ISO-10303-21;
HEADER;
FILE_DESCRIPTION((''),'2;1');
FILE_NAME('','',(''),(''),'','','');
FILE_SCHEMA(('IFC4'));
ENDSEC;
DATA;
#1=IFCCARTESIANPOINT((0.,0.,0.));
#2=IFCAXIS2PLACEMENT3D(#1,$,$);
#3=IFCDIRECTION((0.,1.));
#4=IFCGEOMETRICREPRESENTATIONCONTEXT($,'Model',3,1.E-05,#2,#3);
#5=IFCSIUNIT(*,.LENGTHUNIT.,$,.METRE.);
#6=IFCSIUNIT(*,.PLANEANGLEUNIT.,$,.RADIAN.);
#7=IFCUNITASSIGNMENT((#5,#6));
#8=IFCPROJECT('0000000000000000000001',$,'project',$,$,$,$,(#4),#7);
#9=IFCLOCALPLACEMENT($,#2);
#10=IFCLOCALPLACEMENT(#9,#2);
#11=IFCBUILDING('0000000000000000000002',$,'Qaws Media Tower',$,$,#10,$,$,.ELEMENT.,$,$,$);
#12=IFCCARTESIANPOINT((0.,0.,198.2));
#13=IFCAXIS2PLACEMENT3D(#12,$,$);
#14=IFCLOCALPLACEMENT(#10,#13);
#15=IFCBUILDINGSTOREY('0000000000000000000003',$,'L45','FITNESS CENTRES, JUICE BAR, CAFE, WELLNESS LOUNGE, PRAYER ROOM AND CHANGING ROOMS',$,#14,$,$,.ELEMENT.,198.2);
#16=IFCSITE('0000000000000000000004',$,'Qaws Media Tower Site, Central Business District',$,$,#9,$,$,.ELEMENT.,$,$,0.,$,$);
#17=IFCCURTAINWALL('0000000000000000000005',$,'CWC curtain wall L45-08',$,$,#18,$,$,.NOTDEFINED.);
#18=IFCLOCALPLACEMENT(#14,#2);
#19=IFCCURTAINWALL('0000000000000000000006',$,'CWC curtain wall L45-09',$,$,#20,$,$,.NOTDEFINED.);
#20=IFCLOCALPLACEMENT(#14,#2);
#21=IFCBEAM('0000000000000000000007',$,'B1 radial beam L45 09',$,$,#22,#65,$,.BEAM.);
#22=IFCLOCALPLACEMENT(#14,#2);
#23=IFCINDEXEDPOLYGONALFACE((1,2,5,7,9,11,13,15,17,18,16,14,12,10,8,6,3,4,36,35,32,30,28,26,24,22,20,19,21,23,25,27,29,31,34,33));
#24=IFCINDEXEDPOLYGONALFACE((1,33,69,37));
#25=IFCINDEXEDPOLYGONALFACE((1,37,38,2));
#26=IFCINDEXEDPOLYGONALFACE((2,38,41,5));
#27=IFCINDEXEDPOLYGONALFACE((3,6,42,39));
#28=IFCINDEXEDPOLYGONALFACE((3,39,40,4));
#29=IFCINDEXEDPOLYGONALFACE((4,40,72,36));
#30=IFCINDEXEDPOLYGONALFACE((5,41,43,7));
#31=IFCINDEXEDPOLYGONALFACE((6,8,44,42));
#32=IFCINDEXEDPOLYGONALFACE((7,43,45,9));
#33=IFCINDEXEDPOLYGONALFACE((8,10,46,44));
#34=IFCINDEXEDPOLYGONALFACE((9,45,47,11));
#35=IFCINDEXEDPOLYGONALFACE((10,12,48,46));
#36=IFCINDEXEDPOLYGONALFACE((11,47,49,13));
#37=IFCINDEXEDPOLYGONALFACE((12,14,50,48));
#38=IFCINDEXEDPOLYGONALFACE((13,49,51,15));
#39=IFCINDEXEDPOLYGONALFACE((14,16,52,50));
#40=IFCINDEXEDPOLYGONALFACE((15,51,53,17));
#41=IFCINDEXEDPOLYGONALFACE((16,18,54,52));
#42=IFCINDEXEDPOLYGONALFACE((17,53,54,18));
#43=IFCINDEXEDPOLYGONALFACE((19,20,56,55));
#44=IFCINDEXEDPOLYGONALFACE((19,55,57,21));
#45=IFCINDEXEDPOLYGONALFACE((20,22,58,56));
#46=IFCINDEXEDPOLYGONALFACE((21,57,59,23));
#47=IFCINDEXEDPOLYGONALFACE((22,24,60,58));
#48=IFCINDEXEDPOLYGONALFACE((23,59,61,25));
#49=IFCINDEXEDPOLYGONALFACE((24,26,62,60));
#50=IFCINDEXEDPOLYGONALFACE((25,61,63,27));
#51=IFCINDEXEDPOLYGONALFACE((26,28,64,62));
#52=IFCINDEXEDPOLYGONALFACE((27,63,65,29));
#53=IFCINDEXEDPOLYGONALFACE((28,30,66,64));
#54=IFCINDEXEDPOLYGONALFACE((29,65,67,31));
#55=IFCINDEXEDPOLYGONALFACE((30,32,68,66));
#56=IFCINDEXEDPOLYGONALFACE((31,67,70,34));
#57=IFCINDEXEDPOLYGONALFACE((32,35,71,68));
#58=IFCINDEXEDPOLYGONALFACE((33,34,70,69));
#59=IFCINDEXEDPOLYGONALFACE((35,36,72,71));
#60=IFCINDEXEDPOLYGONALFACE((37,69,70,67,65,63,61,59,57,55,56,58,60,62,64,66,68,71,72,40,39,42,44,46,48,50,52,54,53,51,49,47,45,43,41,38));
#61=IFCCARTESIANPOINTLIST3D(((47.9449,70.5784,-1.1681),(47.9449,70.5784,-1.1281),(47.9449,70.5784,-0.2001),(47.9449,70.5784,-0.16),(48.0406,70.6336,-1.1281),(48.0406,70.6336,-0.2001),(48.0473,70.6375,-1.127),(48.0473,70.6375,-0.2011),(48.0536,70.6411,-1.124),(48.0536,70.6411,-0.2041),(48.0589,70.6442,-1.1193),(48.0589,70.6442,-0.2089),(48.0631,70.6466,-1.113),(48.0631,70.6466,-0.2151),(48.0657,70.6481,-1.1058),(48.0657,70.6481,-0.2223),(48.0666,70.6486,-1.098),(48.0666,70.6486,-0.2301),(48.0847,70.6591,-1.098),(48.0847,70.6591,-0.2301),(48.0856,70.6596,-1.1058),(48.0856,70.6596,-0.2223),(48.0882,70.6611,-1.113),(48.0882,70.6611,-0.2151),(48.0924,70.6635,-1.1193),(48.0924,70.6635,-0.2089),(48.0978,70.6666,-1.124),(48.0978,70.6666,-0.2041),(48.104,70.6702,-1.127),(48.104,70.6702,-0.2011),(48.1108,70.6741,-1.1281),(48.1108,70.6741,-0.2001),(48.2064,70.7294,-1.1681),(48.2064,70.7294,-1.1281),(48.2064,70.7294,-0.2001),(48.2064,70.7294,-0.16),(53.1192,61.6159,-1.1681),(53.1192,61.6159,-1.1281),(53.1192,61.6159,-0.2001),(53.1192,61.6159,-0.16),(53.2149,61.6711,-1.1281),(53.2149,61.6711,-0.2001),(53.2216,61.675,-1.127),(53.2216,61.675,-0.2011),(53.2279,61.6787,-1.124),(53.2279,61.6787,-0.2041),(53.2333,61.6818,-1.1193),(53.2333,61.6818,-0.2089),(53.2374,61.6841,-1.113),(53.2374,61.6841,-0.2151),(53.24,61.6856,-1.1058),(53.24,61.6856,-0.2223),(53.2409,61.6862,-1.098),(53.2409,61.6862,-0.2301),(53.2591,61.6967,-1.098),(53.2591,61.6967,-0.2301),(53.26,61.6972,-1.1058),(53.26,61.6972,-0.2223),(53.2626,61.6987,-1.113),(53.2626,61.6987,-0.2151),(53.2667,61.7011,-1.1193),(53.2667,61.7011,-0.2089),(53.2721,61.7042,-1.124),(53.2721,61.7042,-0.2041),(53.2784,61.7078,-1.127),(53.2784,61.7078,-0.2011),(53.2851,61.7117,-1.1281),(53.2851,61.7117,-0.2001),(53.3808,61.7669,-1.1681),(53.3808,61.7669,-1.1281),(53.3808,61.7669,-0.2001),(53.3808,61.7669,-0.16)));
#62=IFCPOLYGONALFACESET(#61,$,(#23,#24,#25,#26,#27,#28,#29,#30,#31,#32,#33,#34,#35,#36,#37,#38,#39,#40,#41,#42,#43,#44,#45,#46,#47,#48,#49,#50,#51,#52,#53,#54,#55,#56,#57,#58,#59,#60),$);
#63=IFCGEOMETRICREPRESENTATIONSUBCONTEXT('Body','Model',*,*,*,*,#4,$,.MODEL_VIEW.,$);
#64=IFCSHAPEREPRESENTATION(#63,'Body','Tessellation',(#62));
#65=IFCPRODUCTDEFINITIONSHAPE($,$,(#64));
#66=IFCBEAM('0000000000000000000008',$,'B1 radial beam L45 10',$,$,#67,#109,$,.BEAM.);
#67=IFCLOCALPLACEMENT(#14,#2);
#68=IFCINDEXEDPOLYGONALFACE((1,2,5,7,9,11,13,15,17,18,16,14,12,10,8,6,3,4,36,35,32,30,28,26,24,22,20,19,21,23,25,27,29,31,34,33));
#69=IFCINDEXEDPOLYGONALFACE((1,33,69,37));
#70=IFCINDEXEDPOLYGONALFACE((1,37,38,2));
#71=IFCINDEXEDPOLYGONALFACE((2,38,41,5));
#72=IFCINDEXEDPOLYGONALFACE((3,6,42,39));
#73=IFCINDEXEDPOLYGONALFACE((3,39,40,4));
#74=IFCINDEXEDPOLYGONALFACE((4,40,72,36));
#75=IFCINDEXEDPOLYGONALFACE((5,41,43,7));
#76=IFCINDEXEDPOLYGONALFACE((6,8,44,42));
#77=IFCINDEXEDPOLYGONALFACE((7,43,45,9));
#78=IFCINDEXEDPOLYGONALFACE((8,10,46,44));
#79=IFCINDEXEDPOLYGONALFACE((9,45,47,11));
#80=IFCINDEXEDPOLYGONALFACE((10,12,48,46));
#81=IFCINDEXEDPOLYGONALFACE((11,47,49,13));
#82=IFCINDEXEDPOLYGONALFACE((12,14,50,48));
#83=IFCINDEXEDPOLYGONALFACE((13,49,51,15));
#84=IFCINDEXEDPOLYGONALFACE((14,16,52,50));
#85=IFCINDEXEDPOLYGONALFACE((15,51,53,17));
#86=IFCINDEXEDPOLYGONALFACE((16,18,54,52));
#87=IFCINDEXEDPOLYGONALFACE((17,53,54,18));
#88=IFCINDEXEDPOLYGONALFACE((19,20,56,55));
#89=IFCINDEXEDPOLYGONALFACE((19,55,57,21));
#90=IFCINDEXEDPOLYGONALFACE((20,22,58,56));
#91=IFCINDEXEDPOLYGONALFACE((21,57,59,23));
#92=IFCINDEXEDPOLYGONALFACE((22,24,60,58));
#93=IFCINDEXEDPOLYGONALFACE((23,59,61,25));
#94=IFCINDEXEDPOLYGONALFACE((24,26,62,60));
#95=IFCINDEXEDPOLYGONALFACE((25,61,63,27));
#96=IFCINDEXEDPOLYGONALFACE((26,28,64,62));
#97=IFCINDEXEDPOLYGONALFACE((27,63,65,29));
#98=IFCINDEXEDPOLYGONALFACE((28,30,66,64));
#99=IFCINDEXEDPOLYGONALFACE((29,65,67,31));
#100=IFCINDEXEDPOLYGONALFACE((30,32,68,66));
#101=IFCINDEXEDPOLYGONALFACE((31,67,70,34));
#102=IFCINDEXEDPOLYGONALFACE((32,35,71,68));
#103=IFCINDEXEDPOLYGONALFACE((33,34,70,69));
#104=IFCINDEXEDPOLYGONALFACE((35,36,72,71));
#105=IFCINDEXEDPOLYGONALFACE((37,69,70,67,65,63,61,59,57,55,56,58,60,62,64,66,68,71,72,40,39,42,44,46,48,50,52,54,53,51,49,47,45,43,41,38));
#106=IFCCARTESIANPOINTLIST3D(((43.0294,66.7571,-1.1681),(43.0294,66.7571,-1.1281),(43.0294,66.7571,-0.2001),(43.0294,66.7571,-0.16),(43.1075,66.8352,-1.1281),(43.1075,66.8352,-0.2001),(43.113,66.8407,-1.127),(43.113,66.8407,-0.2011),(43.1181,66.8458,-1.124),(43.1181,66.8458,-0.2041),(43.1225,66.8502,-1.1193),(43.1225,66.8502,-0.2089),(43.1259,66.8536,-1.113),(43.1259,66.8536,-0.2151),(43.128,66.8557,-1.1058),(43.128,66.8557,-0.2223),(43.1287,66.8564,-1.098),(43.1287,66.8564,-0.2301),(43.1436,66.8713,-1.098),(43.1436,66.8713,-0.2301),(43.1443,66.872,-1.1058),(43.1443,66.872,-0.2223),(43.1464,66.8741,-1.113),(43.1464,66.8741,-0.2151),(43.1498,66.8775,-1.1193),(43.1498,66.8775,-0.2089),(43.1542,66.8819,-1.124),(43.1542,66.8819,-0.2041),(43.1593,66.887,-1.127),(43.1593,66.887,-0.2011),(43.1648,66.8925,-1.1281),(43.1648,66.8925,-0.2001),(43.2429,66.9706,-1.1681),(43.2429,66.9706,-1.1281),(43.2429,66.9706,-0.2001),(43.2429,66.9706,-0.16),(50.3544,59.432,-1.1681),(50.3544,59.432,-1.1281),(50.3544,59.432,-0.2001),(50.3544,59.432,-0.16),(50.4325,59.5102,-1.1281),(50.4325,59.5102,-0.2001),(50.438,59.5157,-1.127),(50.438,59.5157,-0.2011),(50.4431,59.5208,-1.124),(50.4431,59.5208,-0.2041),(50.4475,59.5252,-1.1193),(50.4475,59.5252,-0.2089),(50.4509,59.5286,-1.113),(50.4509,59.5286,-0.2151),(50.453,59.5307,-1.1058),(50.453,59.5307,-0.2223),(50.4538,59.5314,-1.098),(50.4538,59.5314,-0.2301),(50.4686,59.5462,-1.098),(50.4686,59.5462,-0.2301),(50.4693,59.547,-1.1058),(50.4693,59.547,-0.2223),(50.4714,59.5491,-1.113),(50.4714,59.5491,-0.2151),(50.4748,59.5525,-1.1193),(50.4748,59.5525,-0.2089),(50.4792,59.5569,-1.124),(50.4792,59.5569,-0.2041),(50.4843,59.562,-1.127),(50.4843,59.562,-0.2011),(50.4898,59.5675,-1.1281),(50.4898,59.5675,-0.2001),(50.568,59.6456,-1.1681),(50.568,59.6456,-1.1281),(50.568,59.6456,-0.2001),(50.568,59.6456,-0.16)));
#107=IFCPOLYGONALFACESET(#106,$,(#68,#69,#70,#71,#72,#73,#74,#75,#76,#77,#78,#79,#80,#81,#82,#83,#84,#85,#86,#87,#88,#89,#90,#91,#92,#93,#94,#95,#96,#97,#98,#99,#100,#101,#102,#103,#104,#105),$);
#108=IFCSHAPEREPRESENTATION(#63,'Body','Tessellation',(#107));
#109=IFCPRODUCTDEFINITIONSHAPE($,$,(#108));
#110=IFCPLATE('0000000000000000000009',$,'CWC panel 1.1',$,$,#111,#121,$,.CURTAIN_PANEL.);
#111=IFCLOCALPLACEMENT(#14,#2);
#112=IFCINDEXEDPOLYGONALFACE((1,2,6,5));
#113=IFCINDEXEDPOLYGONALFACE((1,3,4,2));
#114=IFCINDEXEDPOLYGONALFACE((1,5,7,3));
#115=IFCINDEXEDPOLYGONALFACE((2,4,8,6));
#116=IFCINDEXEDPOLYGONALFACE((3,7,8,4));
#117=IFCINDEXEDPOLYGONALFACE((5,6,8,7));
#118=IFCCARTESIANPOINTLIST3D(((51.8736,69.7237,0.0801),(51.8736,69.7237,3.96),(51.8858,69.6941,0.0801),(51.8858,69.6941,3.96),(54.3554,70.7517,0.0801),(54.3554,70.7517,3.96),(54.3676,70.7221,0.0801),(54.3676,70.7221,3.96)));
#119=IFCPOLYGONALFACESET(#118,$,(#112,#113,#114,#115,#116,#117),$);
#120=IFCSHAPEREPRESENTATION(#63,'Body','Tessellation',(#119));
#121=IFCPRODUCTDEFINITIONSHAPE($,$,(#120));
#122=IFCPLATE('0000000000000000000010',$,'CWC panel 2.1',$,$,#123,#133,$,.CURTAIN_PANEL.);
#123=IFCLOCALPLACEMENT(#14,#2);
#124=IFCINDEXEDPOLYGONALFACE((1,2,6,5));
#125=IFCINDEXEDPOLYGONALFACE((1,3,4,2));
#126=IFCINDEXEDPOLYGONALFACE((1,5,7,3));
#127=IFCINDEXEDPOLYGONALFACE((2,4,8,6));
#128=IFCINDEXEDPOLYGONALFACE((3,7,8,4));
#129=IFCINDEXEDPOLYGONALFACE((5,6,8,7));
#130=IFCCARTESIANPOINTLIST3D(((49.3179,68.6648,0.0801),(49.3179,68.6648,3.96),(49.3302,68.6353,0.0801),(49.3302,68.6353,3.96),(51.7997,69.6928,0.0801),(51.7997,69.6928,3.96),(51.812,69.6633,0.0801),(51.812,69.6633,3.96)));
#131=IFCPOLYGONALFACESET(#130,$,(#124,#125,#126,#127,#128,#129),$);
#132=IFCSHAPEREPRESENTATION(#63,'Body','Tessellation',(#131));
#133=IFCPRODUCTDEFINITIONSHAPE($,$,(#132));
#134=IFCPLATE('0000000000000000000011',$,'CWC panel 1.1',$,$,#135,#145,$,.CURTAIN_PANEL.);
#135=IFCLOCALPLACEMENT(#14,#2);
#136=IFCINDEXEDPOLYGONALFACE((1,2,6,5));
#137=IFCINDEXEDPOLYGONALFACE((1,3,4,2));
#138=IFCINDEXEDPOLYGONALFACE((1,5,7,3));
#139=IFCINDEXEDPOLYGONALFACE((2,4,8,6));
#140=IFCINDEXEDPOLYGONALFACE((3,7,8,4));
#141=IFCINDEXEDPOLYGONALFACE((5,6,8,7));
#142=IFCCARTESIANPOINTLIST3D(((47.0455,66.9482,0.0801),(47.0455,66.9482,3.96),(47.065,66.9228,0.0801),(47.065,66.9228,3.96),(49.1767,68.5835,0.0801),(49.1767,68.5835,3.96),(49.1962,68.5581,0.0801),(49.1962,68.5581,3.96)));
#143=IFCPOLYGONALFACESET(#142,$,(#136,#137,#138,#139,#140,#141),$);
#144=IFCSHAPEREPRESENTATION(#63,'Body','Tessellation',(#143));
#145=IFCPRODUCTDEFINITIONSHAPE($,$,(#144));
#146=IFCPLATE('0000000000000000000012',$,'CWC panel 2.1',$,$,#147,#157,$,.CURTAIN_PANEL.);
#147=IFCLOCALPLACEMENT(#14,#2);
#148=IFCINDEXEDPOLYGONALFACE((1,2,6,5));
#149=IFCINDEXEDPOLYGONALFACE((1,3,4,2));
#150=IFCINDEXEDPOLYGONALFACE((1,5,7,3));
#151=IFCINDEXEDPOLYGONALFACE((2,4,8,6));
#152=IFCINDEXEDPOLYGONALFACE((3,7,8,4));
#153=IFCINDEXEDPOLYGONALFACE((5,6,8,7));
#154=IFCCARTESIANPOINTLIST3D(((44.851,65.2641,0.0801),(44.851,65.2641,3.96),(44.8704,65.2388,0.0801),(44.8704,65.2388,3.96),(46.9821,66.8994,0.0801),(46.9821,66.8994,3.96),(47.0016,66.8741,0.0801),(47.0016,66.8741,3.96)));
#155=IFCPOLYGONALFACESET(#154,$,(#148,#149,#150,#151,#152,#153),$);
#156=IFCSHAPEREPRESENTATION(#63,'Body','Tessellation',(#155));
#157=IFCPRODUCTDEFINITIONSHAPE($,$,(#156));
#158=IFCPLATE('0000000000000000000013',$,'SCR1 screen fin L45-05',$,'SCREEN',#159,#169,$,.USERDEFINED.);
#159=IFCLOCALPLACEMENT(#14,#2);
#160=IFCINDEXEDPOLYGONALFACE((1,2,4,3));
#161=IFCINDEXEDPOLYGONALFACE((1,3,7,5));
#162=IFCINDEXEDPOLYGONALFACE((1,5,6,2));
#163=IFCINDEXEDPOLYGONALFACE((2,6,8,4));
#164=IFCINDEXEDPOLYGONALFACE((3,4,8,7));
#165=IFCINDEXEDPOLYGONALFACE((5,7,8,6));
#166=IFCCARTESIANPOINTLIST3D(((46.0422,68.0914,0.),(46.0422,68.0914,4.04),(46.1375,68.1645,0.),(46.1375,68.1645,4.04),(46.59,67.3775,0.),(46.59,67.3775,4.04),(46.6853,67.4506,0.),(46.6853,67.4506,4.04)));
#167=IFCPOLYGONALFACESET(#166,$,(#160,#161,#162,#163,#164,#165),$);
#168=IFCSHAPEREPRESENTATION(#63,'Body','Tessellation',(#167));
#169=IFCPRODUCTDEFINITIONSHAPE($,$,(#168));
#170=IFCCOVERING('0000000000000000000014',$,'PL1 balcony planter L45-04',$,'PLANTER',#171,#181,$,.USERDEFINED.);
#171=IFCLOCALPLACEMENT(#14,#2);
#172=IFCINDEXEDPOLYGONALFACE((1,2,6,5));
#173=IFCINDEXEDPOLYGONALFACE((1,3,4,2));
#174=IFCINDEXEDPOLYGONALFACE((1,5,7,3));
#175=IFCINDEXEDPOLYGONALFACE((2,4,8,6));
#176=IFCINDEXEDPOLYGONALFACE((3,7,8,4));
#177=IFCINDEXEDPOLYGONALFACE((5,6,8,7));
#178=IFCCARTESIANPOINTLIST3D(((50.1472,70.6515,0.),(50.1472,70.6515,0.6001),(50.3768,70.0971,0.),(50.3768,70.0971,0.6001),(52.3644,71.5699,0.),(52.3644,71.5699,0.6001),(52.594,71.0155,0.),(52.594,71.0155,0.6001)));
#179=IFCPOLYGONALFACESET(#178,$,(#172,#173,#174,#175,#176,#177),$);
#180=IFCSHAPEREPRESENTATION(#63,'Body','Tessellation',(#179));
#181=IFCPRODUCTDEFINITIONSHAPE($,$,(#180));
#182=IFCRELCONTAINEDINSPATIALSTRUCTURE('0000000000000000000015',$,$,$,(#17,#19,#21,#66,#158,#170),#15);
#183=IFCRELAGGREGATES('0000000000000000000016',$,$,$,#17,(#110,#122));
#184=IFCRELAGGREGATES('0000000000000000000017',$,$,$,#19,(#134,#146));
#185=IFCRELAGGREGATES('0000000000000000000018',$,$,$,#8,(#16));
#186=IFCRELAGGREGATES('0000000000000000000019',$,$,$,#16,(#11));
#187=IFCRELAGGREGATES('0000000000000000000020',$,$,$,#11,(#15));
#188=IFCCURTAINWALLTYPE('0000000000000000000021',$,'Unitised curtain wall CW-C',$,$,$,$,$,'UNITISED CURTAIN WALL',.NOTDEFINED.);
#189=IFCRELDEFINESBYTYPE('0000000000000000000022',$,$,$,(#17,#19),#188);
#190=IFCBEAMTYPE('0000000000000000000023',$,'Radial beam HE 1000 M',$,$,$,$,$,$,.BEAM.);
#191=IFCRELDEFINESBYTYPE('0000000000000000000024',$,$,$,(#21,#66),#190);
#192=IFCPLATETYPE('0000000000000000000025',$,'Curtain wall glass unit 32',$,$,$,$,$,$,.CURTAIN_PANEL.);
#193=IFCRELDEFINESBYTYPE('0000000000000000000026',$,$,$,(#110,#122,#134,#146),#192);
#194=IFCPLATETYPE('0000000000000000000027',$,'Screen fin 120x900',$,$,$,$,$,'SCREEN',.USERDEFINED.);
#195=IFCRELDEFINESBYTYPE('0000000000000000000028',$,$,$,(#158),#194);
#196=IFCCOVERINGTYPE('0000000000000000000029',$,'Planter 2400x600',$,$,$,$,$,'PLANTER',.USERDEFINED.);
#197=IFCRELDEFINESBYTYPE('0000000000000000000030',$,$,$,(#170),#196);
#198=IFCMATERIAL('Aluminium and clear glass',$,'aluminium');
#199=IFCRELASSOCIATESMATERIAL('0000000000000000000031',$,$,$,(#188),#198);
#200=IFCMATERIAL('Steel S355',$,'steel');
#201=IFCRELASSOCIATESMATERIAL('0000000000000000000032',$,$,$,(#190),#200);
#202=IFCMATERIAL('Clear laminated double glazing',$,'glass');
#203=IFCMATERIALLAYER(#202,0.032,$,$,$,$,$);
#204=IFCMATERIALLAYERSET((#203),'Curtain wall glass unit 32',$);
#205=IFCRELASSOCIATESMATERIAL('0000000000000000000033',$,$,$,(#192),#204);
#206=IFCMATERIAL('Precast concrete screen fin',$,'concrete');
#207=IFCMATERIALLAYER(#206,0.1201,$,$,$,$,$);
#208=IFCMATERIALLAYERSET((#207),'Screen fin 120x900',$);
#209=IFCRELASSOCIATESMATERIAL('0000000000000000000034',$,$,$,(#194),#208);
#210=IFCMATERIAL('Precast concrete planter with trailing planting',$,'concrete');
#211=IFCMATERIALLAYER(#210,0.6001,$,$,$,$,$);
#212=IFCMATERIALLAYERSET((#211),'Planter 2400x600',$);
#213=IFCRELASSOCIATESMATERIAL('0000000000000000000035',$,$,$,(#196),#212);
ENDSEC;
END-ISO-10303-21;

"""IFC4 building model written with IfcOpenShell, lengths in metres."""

from ifc_helpers import new_model, si_unit, direction, frame, origin, origin_2d, place, context, subcontext, project, spatial, rectangle, i_section, extrude, material, layer, layer_set, material_profile, profile_set, type_object, element, aggregate, save


model = new_model("IFC4")

# Units and contexts
model_context = context("Model", 3, precision=1e-05, world=origin(), true_north=direction((0.0, 1.0)))
body_context = subcontext(model_context, "Body", "Model", "MODEL_VIEW")
ifc_project = project(units=[si_unit("LENGTHUNIT", "METRE"), si_unit("PLANEANGLEUNIT", "RADIAN")], contexts=[model_context])

# Site, building, storey
site_placement = place(None, origin())
site = spatial("IfcSite", under=ifc_project, at=site_placement, Name="Qaws Media Tower Site, Central Business District", CompositionType="ELEMENT", RefElevation=0.0)
building_placement = place(site_placement, origin())
building = spatial("IfcBuilding", under=site, at=building_placement, Name="Qaws Media Tower", CompositionType="ELEMENT")
storey_placement = place(building_placement, frame((0.0, 0.0, 198.2)))
storey = spatial("IfcBuildingStorey", under=building, at=storey_placement, Name="L45", Description="FITNESS CENTRES, JUICE BAR, CAFE, WELLNESS LOUNGE, PRAYER ROOM AND CHANGING ROOMS", CompositionType="ELEMENT", Elevation=198.2)

# Curtain walls
ifc_material_1 = material(Name="Aluminium and clear glass", Category="aluminium")
curtain_wall_type = type_object("IfcCurtainWallType", Name="Unitised curtain wall CW-C", ElementType="UNITISED CURTAIN WALL", PredefinedType="NOTDEFINED", material=ifc_material_1)
curtain_wall_1_placement = place(storey_placement, origin())
curtain_wall_1 = element("IfcCurtainWall", 1, at=curtain_wall_1_placement, inside=storey, type_object=curtain_wall_type, Name="CWC curtain wall L45-08", PredefinedType="NOTDEFINED")
curtain_wall_2_placement = place(storey_placement, origin())
curtain_wall_2 = element("IfcCurtainWall", 2, at=curtain_wall_2_placement, inside=storey, type_object=curtain_wall_type, Name="CWC curtain wall L45-09", PredefinedType="NOTDEFINED")

# Beams
ifc_material_2 = material(Name="Steel S355", Category="steel")
ifc_material_profile_1 = material_profile(ifc_material_2, i_section(OverallWidth=0.302, OverallDepth=1.0081, WebThickness=0.021, FlangeThickness=0.04, FilletRadius=0.03, at=origin_2d()), Name="HE 1000 M")
ifc_profile_set_1 = profile_set([ifc_material_profile_1], Name="Steel S355")
beam_type_1 = type_object("IfcBeamType", Name="Radial beam HE 1000 M", PredefinedType="BEAM", material=ifc_profile_set_1)
beam_1_placement = place(storey_placement, frame((53.25, 61.6914, -0.6641), z_axis=(-0.499991, 0.866031, 0.0), x_axis=(-0.866031, -0.499991, 0.0)))
element("IfcBeam", 3, at=beam_1_placement, inside=storey, type_object=beam_type_1, Name="B1 radial beam L45 09", PredefinedType="BEAM", context=body_context, shape_type="SweptSolid", body=[
    extrude(i_section(OverallWidth=0.302, OverallDepth=1.0081, WebThickness=0.021, FlangeThickness=0.04, FilletRadius=0.03, at=origin_2d()), origin(), (0.0, 0.0, 1.0), 10.3489),
])
beam_2_placement = place(storey_placement, frame((50.4612, 59.5388, -0.6641), z_axis=(-0.707107, 0.707107, 0.0), x_axis=(-0.707107, -0.707107, 0.0)))
element("IfcBeam", 4, at=beam_2_placement, inside=storey, type_object=beam_type_1, Name="B1 radial beam L45 10", PredefinedType="BEAM", context=body_context, shape_type="SweptSolid", body=[
    extrude(i_section(OverallWidth=0.302, OverallDepth=1.0081, WebThickness=0.021, FlangeThickness=0.04, FilletRadius=0.03, at=origin_2d()), origin(), (0.0, 0.0, 1.0), 10.3591),
])

# Plates
ifc_material_3 = material(Name="Clear laminated double glazing", Category="glass")
ifc_layer_1 = layer(ifc_material_3, 0.032)
ifc_layer_set_1 = layer_set([ifc_layer_1], Name="Curtain wall glass unit 32")
plate_type_1 = type_object("IfcPlateType", Name="Curtain wall glass unit 32", PredefinedType="CURTAIN_PANEL", material=ifc_layer_set_1)
plate_1_placement = place(storey_placement, frame((53.1206, 70.2229, 0.0801), z_axis=(0.0, 0.0, 1.0), x_axis=(-0.92388, -0.382683, 0.0)))
plate_1 = element("IfcPlate", 5, at=plate_1_placement, type_object=plate_type_1, Name="CWC panel 1.1", PredefinedType="CURTAIN_PANEL", context=body_context, shape_type="SweptSolid", body=[
    extrude(rectangle(XDim=2.6863, YDim=0.032, at=origin_2d()), origin(), (0.0, 0.0, 1.0), 3.8799),
])
plate_2_placement = place(storey_placement, frame((50.5649, 69.1641, 0.0801), z_axis=(0.0, 0.0, 1.0), x_axis=(-0.92388, -0.382683, 0.0)))
plate_2 = element("IfcPlate", 6, at=plate_2_placement, type_object=plate_type_1, Name="CWC panel 2.1", PredefinedType="CURTAIN_PANEL", context=body_context, shape_type="SweptSolid", body=[
    extrude(rectangle(XDim=2.6863, YDim=0.032, at=origin_2d()), origin(), (0.0, 0.0, 1.0), 3.8799),
])
aggregate(curtain_wall_1, [plate_1, plate_2])
plate_3_placement = place(storey_placement, frame((48.1208, 67.7532, 0.0801), z_axis=(0.0, 0.0, 1.0), x_axis=(-0.793353, -0.608761, 0.0)))
plate_3 = element("IfcPlate", 7, at=plate_3_placement, type_object=plate_type_1, Name="CWC panel 1.1", PredefinedType="CURTAIN_PANEL", context=body_context, shape_type="SweptSolid", body=[
    extrude(rectangle(XDim=2.6863, YDim=0.032, at=origin_2d()), origin(), (0.0, 0.0, 1.0), 3.8799),
])
plate_4_placement = place(storey_placement, frame((45.9263, 66.0691, 0.0801), z_axis=(0.0, 0.0, 1.0), x_axis=(-0.793353, -0.608761, 0.0)))
plate_4 = element("IfcPlate", 8, at=plate_4_placement, type_object=plate_type_1, Name="CWC panel 2.1", PredefinedType="CURTAIN_PANEL", context=body_context, shape_type="SweptSolid", body=[
    extrude(rectangle(XDim=2.6863, YDim=0.032, at=origin_2d()), origin(), (0.0, 0.0, 1.0), 3.8799),
])
aggregate(curtain_wall_2, [plate_3, plate_4])
ifc_material_4 = material(Name="Precast concrete screen fin", Category="concrete")
ifc_layer_2 = layer(ifc_material_4, 0.1201)
ifc_layer_set_2 = layer_set([ifc_layer_2], Name="Screen fin 120x900")
plate_type_2 = type_object("IfcPlateType", Name="Screen fin 120x900", ElementType="SCREEN", PredefinedType="USERDEFINED", material=ifc_layer_set_2)
plate_5_placement = place(storey_placement, frame((46.3638, 67.771, 0.0), z_axis=(0.0, 0.0, 1.0), x_axis=(-0.608761, 0.793353, 0.0)))
element("IfcPlate", 9, at=plate_5_placement, inside=storey, type_object=plate_type_2, Name="SCR1 screen fin L45-05", ObjectType="SCREEN", PredefinedType="USERDEFINED", context=body_context, shape_type="SweptSolid", body=[
    extrude(rectangle(XDim=0.8999, YDim=0.1201, at=origin_2d()), origin(), (0.0, 0.0, 1.0), 4.04),
])

# Covering
ifc_material_5 = material(Name="Precast concrete planter with trailing planting", Category="concrete")
ifc_layer_3 = layer(ifc_material_5, 0.6001)
ifc_layer_set_3 = layer_set([ifc_layer_3], Name="Planter 2400x600")
covering_type = type_object("IfcCoveringType", Name="Planter 2400x600", ElementType="PLANTER", PredefinedType="USERDEFINED", material=ifc_layer_set_3)
covering_placement = place(storey_placement, frame((51.3706, 70.8335, 0.0), z_axis=(0.0, 0.0, 1.0), x_axis=(-0.92388, -0.382683, 0.0)))
element("IfcCovering", 10, at=covering_placement, inside=storey, type_object=covering_type, Name="PL1 balcony planter L45-04", ObjectType="PLANTER", PredefinedType="USERDEFINED", context=body_context, shape_type="SweptSolid", body=[
    extrude(rectangle(XDim=2.3999, YDim=0.6001, at=origin_2d()), origin(), (0.0, 0.0, 1.0), 0.6001),
])

save(model, "model.ifc")
